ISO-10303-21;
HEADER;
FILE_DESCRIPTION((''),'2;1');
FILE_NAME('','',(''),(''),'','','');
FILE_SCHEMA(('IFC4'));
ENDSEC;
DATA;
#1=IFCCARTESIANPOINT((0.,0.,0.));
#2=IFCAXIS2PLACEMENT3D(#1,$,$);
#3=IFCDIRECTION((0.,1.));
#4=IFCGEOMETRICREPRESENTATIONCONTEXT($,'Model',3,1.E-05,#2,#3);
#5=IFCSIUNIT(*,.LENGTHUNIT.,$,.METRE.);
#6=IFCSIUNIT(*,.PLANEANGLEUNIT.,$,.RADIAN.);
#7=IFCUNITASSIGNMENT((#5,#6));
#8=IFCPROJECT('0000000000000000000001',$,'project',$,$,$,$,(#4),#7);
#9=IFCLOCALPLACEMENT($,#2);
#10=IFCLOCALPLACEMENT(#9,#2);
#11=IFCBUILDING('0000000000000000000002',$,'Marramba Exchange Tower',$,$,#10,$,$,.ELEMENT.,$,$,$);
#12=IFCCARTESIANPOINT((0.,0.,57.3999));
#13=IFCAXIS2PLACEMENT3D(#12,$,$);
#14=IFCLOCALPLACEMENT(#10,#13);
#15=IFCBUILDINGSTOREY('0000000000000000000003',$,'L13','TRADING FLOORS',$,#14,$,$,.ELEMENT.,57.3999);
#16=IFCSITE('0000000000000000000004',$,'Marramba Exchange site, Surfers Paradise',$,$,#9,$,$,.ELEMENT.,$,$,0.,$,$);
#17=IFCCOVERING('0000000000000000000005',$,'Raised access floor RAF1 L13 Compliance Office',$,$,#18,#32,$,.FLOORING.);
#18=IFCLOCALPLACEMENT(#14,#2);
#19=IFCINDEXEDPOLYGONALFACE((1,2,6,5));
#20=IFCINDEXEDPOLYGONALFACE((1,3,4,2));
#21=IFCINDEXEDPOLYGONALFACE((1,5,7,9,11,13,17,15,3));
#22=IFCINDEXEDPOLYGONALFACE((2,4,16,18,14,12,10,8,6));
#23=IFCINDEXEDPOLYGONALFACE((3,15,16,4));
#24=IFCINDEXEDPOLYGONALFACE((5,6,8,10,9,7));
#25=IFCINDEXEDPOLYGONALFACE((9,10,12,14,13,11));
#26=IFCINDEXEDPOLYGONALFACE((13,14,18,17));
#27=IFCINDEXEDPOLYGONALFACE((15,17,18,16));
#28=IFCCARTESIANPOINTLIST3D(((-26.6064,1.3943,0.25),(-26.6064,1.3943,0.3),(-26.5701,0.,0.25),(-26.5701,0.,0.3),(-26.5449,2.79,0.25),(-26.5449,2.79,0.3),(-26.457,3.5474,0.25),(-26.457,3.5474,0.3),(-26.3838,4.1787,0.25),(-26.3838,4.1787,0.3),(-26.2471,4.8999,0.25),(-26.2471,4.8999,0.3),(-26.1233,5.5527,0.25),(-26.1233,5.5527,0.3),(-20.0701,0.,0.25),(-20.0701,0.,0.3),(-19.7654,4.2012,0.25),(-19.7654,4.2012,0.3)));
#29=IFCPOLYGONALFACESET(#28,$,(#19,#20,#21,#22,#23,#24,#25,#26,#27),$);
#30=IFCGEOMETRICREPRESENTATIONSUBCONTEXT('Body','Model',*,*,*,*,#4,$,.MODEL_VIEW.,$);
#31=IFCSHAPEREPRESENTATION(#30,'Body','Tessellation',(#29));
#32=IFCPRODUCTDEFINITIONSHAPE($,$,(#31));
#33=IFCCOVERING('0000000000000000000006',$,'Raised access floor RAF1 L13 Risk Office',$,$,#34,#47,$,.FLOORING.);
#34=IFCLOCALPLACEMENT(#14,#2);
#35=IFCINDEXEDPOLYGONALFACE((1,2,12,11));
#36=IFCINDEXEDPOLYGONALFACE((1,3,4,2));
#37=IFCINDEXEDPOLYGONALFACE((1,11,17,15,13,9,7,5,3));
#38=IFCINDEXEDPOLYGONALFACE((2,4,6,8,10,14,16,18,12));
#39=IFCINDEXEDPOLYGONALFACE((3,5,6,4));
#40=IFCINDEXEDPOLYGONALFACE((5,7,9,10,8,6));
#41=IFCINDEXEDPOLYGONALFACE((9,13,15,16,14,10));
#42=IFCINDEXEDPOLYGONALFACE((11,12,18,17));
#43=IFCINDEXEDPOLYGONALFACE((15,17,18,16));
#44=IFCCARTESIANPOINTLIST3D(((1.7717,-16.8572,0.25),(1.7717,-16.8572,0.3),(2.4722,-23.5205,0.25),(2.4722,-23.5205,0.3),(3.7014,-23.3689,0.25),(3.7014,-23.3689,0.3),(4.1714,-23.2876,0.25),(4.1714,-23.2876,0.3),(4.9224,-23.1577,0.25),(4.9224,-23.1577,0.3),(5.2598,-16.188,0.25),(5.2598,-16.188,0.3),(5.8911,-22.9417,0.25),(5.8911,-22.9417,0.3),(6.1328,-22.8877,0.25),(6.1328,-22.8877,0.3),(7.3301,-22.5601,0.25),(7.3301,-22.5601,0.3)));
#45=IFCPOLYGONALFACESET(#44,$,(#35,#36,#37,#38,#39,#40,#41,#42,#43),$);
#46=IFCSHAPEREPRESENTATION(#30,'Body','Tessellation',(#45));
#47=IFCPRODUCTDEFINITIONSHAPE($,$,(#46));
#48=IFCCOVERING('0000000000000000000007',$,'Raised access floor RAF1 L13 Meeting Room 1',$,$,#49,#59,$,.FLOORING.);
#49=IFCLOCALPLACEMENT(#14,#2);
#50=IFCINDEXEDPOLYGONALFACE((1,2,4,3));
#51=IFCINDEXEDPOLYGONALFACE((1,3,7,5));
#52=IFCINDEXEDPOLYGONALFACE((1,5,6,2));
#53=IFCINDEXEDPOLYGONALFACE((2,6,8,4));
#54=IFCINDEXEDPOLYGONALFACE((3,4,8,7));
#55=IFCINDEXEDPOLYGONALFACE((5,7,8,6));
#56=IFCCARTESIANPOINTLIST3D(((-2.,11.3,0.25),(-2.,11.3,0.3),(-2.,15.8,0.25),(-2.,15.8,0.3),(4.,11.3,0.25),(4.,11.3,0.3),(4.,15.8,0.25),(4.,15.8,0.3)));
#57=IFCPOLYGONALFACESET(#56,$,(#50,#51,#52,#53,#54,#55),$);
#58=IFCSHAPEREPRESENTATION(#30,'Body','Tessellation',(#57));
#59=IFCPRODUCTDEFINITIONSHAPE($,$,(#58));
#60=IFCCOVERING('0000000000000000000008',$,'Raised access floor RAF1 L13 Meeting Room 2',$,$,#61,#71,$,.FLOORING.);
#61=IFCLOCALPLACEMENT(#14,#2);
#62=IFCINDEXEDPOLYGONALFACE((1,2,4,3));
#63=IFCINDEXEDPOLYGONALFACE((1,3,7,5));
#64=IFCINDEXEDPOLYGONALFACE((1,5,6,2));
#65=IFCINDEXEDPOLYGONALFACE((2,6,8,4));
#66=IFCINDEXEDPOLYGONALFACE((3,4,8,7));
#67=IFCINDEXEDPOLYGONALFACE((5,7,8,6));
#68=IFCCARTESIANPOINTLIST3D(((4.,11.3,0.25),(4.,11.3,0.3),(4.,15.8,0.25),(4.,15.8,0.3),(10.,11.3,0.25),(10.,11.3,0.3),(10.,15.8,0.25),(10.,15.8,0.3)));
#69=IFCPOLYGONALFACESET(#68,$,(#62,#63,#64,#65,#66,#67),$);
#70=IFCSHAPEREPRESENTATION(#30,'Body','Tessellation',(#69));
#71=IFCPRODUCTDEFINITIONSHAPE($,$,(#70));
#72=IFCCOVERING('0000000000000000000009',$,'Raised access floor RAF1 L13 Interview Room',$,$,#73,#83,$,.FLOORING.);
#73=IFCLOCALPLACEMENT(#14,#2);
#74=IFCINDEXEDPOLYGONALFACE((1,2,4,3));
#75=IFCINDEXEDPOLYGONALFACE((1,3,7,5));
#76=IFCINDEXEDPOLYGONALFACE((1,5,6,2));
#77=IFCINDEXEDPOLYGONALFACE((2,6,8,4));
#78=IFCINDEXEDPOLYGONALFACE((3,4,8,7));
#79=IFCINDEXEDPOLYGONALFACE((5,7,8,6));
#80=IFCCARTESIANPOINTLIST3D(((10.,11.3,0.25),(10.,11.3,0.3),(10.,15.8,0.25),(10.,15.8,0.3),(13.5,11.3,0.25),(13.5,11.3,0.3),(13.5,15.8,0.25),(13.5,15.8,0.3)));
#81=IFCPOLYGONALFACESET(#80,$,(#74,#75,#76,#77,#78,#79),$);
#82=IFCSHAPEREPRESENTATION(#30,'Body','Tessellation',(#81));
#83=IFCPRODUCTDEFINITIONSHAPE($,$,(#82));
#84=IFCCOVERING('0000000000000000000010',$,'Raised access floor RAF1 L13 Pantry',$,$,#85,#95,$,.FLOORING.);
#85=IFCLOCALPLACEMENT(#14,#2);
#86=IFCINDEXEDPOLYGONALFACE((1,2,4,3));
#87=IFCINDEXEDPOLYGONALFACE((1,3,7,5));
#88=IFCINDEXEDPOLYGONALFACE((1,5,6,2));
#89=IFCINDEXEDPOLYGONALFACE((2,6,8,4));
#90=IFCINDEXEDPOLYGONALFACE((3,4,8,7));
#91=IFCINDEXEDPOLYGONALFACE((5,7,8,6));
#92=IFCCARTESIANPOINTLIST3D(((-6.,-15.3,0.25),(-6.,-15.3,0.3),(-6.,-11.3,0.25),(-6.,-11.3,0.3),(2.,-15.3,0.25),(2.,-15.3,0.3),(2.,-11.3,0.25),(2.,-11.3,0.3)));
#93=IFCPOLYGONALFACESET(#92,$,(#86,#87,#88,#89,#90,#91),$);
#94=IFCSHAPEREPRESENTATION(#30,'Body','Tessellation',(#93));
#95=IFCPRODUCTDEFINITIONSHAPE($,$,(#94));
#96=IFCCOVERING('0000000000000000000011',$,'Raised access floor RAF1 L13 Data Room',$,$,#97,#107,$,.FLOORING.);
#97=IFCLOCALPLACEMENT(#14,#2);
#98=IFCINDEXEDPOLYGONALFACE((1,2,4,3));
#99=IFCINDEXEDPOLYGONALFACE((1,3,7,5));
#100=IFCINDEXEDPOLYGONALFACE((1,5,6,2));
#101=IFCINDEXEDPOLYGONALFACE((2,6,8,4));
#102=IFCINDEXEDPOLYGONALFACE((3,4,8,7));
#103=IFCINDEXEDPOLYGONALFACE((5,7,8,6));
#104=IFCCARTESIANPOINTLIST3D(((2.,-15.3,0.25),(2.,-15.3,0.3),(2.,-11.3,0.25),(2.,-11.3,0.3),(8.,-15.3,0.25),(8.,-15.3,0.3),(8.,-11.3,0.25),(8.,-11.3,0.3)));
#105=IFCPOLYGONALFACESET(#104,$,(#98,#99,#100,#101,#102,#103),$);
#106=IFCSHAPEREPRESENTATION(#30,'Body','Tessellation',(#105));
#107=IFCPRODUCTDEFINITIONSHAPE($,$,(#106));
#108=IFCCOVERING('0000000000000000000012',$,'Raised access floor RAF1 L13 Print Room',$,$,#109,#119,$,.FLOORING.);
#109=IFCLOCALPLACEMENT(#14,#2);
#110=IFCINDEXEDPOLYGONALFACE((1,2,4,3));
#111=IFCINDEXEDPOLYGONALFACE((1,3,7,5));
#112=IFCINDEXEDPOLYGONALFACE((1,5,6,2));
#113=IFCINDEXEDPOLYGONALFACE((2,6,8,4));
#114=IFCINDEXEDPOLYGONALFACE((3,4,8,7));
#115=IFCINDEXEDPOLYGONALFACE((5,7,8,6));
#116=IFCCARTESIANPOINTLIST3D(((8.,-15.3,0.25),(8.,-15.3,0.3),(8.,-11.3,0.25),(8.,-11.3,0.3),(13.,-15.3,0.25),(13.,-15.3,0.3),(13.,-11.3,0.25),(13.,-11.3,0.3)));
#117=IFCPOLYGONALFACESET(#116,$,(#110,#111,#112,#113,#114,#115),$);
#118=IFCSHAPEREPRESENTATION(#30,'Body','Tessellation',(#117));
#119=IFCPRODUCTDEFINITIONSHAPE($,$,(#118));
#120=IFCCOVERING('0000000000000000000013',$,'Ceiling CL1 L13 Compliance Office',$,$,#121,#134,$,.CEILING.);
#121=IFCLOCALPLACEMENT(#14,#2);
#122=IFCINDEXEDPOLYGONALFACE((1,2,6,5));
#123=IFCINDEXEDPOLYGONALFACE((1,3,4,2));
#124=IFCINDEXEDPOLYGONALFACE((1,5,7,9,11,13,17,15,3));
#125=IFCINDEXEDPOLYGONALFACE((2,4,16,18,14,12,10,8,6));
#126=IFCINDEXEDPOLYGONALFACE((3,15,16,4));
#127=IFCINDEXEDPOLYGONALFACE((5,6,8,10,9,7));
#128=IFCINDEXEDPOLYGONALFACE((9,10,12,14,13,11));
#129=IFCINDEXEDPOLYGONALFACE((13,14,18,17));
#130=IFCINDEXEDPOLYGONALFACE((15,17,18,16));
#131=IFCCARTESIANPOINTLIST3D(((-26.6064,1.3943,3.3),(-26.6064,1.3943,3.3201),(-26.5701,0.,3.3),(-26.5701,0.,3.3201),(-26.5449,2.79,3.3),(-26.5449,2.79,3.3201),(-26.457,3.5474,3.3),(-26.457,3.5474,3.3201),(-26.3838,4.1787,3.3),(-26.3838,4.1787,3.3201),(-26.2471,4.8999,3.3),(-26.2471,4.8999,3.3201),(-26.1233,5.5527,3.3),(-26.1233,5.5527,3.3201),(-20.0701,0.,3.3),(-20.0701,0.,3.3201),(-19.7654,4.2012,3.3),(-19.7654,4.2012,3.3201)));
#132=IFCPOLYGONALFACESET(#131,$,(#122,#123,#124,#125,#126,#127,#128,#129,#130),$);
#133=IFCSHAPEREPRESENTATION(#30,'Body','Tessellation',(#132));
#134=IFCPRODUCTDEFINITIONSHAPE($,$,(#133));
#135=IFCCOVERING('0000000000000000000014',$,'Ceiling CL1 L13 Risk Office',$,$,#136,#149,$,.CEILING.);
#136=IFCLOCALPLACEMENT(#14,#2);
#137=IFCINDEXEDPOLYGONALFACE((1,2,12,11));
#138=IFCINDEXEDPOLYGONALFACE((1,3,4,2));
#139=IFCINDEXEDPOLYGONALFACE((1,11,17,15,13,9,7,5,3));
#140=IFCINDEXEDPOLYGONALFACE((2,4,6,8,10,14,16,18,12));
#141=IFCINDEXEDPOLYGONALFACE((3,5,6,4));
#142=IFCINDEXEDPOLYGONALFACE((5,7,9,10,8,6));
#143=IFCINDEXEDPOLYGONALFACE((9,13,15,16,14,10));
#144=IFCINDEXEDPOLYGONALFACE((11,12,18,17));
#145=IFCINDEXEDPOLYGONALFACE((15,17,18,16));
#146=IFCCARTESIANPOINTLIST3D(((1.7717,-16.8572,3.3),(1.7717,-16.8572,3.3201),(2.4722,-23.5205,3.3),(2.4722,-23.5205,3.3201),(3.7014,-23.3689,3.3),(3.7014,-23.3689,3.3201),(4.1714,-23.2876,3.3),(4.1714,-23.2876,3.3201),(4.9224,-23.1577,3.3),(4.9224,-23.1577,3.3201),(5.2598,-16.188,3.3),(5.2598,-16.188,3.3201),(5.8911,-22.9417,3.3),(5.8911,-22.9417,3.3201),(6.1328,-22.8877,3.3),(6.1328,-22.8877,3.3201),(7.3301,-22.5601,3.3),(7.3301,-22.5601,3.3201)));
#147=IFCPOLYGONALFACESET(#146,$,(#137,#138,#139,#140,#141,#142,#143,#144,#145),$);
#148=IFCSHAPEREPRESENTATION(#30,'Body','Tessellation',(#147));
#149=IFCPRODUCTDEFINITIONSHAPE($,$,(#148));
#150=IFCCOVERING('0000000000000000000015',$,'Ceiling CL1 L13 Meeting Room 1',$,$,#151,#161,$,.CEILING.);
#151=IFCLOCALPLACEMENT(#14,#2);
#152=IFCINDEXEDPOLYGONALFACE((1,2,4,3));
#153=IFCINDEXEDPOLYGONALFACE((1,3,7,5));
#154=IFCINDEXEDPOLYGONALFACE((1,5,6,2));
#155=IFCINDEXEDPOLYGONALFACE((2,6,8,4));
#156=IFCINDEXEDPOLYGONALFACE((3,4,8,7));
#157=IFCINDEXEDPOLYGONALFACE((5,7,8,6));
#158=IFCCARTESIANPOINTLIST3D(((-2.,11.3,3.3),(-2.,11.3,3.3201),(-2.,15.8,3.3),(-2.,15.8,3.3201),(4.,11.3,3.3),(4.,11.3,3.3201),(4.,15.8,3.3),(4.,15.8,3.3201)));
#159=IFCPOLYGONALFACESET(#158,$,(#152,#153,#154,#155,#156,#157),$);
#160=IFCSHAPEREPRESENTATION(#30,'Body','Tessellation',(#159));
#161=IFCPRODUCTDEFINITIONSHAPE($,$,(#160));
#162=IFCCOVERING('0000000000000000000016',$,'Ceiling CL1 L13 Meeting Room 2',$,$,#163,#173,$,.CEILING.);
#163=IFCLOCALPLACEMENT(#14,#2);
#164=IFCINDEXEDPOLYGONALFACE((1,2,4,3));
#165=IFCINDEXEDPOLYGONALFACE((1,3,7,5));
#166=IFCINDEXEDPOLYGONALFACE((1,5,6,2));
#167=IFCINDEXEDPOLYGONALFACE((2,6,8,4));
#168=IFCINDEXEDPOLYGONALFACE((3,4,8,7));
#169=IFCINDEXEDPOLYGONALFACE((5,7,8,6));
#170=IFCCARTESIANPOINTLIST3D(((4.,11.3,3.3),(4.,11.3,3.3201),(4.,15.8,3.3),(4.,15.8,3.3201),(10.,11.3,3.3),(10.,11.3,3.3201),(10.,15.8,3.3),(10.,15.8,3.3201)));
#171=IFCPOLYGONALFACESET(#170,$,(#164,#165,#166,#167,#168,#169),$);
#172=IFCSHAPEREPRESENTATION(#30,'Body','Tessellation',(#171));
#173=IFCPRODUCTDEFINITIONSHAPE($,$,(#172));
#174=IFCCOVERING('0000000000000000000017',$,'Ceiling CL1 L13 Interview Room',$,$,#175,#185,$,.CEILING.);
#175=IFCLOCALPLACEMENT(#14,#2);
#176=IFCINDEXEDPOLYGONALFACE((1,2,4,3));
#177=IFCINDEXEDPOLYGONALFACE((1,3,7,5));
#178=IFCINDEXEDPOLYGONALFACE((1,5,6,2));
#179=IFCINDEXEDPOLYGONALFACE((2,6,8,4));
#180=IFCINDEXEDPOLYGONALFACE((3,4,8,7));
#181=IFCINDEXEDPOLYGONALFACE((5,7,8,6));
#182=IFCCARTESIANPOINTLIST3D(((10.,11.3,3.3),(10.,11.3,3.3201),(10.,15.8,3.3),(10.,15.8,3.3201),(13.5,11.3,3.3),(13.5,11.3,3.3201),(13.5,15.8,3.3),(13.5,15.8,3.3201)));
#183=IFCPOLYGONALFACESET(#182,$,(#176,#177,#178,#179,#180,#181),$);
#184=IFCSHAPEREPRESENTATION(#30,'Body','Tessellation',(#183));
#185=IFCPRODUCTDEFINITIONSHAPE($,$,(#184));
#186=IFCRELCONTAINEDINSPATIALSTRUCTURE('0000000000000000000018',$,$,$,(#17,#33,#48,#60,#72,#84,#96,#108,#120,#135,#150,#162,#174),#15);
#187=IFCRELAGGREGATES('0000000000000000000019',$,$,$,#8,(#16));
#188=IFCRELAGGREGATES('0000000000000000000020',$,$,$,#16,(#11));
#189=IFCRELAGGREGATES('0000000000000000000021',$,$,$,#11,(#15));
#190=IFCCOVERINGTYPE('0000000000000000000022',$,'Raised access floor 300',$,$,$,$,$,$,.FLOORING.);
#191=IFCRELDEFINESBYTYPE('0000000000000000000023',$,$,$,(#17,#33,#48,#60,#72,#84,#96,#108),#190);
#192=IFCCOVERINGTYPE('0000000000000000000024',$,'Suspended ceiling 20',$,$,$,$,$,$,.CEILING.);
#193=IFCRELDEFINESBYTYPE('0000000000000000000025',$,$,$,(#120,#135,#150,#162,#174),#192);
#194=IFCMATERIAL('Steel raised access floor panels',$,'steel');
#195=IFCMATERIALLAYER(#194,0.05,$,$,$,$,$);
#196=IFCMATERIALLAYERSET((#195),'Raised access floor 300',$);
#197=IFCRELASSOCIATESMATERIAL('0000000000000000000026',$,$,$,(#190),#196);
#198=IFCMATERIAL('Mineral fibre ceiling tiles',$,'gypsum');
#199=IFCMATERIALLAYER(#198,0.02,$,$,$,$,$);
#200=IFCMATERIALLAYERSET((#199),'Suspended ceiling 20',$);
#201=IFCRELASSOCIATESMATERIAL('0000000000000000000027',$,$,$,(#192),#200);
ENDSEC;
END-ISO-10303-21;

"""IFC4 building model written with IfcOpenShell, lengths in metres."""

from ifc_helpers import new_model, si_unit, direction, frame, origin, place, context, subcontext, project, spatial, polyline, outline, extrude, material, layer, layer_set, type_object, element, save


model = new_model("IFC4")

# Units and contexts
model_context = context("Model", 3, precision=1e-05, world=origin(), true_north=direction((0.0, 1.0)))
body_context = subcontext(model_context, "Body", "Model", "MODEL_VIEW")
ifc_project = project(units=[si_unit("LENGTHUNIT", "METRE"), si_unit("PLANEANGLEUNIT", "RADIAN")], contexts=[model_context])

# Site, building, storey
site_placement = place(None, origin())
site = spatial("IfcSite", under=ifc_project, at=site_placement, Name="Marramba Exchange site, Surfers Paradise", CompositionType="ELEMENT", RefElevation=0.0)
building_placement = place(site_placement, origin())
building = spatial("IfcBuilding", under=site, at=building_placement, Name="Marramba Exchange Tower", CompositionType="ELEMENT")
storey_placement = place(building_placement, frame((0.0, 0.0, 57.3999)))
storey = spatial("IfcBuildingStorey", under=building, at=storey_placement, Name="L13", Description="TRADING FLOORS", CompositionType="ELEMENT", Elevation=57.3999)

# Coverings
ifc_material_1 = material(Name="Steel raised access floor panels", Category="steel")
ifc_layer_1 = layer(ifc_material_1, 0.05)
ifc_layer_set_1 = layer_set([ifc_layer_1], Name="Raised access floor 300")
covering_type_1 = type_object("IfcCoveringType", Name="Raised access floor 300", PredefinedType="FLOORING", material=ifc_layer_set_1)
covering_1_placement = place(storey_placement, frame((0.0, 0.0, 0.25)))
element("IfcCovering", 1, at=covering_1_placement, inside=storey, type_object=covering_type_1, Name="Raised access floor RAF1 L13 Compliance Office", PredefinedType="FLOORING", context=body_context, shape_type="SweptSolid", body=[
    extrude(outline(polyline([(-26.6064, 1.3943), (-26.5449, 2.79), (-26.457, 3.5474), (-26.3838, 4.1787), (-26.2471, 4.8999), (-26.1233, 5.5527), (-19.7654, 4.2012), (-20.0701, 0.0), (-26.5701, 0.0), (-26.6064, 1.3943)])), origin(), (0.0, 0.0, 1.0), 0.05),
])
covering_2_placement = place(storey_placement, frame((0.0, 0.0, 0.25)))
element("IfcCovering", 2, at=covering_2_placement, inside=storey, type_object=covering_type_1, Name="Raised access floor RAF1 L13 Risk Office", PredefinedType="FLOORING", context=body_context, shape_type="SweptSolid", body=[
    extrude(outline(polyline([(6.1328, -22.8877), (5.8911, -22.9417), (4.9224, -23.1577), (4.1714, -23.2876), (3.7014, -23.3689), (2.4722, -23.5205), (1.7717, -16.8572), (5.2598, -16.188), (7.3301, -22.5601), (6.1328, -22.8877)])), origin(), (0.0, 0.0, 1.0), 0.05),
])
covering_3_placement = place(storey_placement, frame((0.0, 0.0, 0.25)))
element("IfcCovering", 3, at=covering_3_placement, inside=storey, type_object=covering_type_1, Name="Raised access floor RAF1 L13 Meeting Room 1", PredefinedType="FLOORING", context=body_context, shape_type="SweptSolid", body=[
    extrude(outline(polyline([(4.0, 11.3), (-2.0, 11.3), (-2.0, 15.8), (4.0, 15.8), (4.0, 11.3)])), origin(), (0.0, 0.0, 1.0), 0.05),
])
covering_4_placement = place(storey_placement, frame((0.0, 0.0, 0.25)))
element("IfcCovering", 4, at=covering_4_placement, inside=storey, type_object=covering_type_1, Name="Raised access floor RAF1 L13 Meeting Room 2", PredefinedType="FLOORING", context=body_context, shape_type="SweptSolid", body=[
    extrude(outline(polyline([(10.0, 11.3), (4.0, 11.3), (4.0, 15.8), (10.0, 15.8), (10.0, 11.3)])), origin(), (0.0, 0.0, 1.0), 0.05),
])
covering_5_placement = place(storey_placement, frame((0.0, 0.0, 0.25)))
element("IfcCovering", 5, at=covering_5_placement, inside=storey, type_object=covering_type_1, Name="Raised access floor RAF1 L13 Interview Room", PredefinedType="FLOORING", context=body_context, shape_type="SweptSolid", body=[
    extrude(outline(polyline([(13.5, 11.3), (10.0, 11.3), (10.0, 15.8), (13.5, 15.8), (13.5, 11.3)])), origin(), (0.0, 0.0, 1.0), 0.05),
])
covering_6_placement = place(storey_placement, frame((0.0, 0.0, 0.25)))
element("IfcCovering", 6, at=covering_6_placement, inside=storey, type_object=covering_type_1, Name="Raised access floor RAF1 L13 Pantry", PredefinedType="FLOORING", context=body_context, shape_type="SweptSolid", body=[
    extrude(outline(polyline([(2.0, -15.3), (-6.0, -15.3), (-6.0, -11.3), (2.0, -11.3), (2.0, -15.3)])), origin(), (0.0, 0.0, 1.0), 0.05),
])
covering_7_placement = place(storey_placement, frame((0.0, 0.0, 0.25)))
element("IfcCovering", 7, at=covering_7_placement, inside=storey, type_object=covering_type_1, Name="Raised access floor RAF1 L13 Data Room", PredefinedType="FLOORING", context=body_context, shape_type="SweptSolid", body=[
    extrude(outline(polyline([(8.0, -15.3), (2.0, -15.3), (2.0, -11.3), (8.0, -11.3), (8.0, -15.3)])), origin(), (0.0, 0.0, 1.0), 0.05),
])
covering_8_placement = place(storey_placement, frame((0.0, 0.0, 0.25)))
element("IfcCovering", 8, at=covering_8_placement, inside=storey, type_object=covering_type_1, Name="Raised access floor RAF1 L13 Print Room", PredefinedType="FLOORING", context=body_context, shape_type="SweptSolid", body=[
    extrude(outline(polyline([(13.0, -11.3), (13.0, -15.3), (8.0, -15.3), (8.0, -11.3), (13.0, -11.3)])), origin(), (0.0, 0.0, 1.0), 0.05),
])
ifc_material_2 = material(Name="Mineral fibre ceiling tiles", Category="gypsum")
ifc_layer_2 = layer(ifc_material_2, 0.02)
ifc_layer_set_2 = layer_set([ifc_layer_2], Name="Suspended ceiling 20")
covering_type_2 = type_object("IfcCoveringType", Name="Suspended ceiling 20", PredefinedType="CEILING", material=ifc_layer_set_2)
covering_9_placement = place(storey_placement, frame((0.0, 0.0, 3.3)))
element("IfcCovering", 9, at=covering_9_placement, inside=storey, type_object=covering_type_2, Name="Ceiling CL1 L13 Compliance Office", PredefinedType="CEILING", context=body_context, shape_type="SweptSolid", body=[
    extrude(outline(polyline([(-26.6064, 1.3943), (-26.5449, 2.79), (-26.457, 3.5474), (-26.3838, 4.1787), (-26.2471, 4.8999), (-26.1233, 5.5527), (-19.7654, 4.2012), (-20.0701, 0.0), (-26.5701, 0.0), (-26.6064, 1.3943)])), origin(), (0.0, 0.0, 1.0), 0.02),
])
covering_10_placement = place(storey_placement, frame((0.0, 0.0, 3.3)))
element("IfcCovering", 10, at=covering_10_placement, inside=storey, type_object=covering_type_2, Name="Ceiling CL1 L13 Risk Office", PredefinedType="CEILING", context=body_context, shape_type="SweptSolid", body=[
    extrude(outline(polyline([(6.1328, -22.8877), (5.8911, -22.9417), (4.9224, -23.1577), (4.1714, -23.2876), (3.7014, -23.3689), (2.4722, -23.5205), (1.7717, -16.8572), (5.2598, -16.188), (7.3301, -22.5601), (6.1328, -22.8877)])), origin(), (0.0, 0.0, 1.0), 0.02),
])
covering_11_placement = place(storey_placement, frame((0.0, 0.0, 3.3)))
element("IfcCovering", 11, at=covering_11_placement, inside=storey, type_object=covering_type_2, Name="Ceiling CL1 L13 Meeting Room 1", PredefinedType="CEILING", context=body_context, shape_type="SweptSolid", body=[
    extrude(outline(polyline([(4.0, 11.3), (-2.0, 11.3), (-2.0, 15.8), (4.0, 15.8), (4.0, 11.3)])), origin(), (0.0, 0.0, 1.0), 0.02),
])
covering_12_placement = place(storey_placement, frame((0.0, 0.0, 3.3)))
element("IfcCovering", 12, at=covering_12_placement, inside=storey, type_object=covering_type_2, Name="Ceiling CL1 L13 Meeting Room 2", PredefinedType="CEILING", context=body_context, shape_type="SweptSolid", body=[
    extrude(outline(polyline([(10.0, 11.3), (4.0, 11.3), (4.0, 15.8), (10.0, 15.8), (10.0, 11.3)])), origin(), (0.0, 0.0, 1.0), 0.02),
])
covering_13_placement = place(storey_placement, frame((0.0, 0.0, 3.3)))
element("IfcCovering", 13, at=covering_13_placement, inside=storey, type_object=covering_type_2, Name="Ceiling CL1 L13 Interview Room", PredefinedType="CEILING", context=body_context, shape_type="SweptSolid", body=[
    extrude(outline(polyline([(13.5, 11.3), (10.0, 11.3), (10.0, 15.8), (13.5, 15.8), (13.5, 11.3)])), origin(), (0.0, 0.0, 1.0), 0.02),
])

save(model, "model.ifc")
